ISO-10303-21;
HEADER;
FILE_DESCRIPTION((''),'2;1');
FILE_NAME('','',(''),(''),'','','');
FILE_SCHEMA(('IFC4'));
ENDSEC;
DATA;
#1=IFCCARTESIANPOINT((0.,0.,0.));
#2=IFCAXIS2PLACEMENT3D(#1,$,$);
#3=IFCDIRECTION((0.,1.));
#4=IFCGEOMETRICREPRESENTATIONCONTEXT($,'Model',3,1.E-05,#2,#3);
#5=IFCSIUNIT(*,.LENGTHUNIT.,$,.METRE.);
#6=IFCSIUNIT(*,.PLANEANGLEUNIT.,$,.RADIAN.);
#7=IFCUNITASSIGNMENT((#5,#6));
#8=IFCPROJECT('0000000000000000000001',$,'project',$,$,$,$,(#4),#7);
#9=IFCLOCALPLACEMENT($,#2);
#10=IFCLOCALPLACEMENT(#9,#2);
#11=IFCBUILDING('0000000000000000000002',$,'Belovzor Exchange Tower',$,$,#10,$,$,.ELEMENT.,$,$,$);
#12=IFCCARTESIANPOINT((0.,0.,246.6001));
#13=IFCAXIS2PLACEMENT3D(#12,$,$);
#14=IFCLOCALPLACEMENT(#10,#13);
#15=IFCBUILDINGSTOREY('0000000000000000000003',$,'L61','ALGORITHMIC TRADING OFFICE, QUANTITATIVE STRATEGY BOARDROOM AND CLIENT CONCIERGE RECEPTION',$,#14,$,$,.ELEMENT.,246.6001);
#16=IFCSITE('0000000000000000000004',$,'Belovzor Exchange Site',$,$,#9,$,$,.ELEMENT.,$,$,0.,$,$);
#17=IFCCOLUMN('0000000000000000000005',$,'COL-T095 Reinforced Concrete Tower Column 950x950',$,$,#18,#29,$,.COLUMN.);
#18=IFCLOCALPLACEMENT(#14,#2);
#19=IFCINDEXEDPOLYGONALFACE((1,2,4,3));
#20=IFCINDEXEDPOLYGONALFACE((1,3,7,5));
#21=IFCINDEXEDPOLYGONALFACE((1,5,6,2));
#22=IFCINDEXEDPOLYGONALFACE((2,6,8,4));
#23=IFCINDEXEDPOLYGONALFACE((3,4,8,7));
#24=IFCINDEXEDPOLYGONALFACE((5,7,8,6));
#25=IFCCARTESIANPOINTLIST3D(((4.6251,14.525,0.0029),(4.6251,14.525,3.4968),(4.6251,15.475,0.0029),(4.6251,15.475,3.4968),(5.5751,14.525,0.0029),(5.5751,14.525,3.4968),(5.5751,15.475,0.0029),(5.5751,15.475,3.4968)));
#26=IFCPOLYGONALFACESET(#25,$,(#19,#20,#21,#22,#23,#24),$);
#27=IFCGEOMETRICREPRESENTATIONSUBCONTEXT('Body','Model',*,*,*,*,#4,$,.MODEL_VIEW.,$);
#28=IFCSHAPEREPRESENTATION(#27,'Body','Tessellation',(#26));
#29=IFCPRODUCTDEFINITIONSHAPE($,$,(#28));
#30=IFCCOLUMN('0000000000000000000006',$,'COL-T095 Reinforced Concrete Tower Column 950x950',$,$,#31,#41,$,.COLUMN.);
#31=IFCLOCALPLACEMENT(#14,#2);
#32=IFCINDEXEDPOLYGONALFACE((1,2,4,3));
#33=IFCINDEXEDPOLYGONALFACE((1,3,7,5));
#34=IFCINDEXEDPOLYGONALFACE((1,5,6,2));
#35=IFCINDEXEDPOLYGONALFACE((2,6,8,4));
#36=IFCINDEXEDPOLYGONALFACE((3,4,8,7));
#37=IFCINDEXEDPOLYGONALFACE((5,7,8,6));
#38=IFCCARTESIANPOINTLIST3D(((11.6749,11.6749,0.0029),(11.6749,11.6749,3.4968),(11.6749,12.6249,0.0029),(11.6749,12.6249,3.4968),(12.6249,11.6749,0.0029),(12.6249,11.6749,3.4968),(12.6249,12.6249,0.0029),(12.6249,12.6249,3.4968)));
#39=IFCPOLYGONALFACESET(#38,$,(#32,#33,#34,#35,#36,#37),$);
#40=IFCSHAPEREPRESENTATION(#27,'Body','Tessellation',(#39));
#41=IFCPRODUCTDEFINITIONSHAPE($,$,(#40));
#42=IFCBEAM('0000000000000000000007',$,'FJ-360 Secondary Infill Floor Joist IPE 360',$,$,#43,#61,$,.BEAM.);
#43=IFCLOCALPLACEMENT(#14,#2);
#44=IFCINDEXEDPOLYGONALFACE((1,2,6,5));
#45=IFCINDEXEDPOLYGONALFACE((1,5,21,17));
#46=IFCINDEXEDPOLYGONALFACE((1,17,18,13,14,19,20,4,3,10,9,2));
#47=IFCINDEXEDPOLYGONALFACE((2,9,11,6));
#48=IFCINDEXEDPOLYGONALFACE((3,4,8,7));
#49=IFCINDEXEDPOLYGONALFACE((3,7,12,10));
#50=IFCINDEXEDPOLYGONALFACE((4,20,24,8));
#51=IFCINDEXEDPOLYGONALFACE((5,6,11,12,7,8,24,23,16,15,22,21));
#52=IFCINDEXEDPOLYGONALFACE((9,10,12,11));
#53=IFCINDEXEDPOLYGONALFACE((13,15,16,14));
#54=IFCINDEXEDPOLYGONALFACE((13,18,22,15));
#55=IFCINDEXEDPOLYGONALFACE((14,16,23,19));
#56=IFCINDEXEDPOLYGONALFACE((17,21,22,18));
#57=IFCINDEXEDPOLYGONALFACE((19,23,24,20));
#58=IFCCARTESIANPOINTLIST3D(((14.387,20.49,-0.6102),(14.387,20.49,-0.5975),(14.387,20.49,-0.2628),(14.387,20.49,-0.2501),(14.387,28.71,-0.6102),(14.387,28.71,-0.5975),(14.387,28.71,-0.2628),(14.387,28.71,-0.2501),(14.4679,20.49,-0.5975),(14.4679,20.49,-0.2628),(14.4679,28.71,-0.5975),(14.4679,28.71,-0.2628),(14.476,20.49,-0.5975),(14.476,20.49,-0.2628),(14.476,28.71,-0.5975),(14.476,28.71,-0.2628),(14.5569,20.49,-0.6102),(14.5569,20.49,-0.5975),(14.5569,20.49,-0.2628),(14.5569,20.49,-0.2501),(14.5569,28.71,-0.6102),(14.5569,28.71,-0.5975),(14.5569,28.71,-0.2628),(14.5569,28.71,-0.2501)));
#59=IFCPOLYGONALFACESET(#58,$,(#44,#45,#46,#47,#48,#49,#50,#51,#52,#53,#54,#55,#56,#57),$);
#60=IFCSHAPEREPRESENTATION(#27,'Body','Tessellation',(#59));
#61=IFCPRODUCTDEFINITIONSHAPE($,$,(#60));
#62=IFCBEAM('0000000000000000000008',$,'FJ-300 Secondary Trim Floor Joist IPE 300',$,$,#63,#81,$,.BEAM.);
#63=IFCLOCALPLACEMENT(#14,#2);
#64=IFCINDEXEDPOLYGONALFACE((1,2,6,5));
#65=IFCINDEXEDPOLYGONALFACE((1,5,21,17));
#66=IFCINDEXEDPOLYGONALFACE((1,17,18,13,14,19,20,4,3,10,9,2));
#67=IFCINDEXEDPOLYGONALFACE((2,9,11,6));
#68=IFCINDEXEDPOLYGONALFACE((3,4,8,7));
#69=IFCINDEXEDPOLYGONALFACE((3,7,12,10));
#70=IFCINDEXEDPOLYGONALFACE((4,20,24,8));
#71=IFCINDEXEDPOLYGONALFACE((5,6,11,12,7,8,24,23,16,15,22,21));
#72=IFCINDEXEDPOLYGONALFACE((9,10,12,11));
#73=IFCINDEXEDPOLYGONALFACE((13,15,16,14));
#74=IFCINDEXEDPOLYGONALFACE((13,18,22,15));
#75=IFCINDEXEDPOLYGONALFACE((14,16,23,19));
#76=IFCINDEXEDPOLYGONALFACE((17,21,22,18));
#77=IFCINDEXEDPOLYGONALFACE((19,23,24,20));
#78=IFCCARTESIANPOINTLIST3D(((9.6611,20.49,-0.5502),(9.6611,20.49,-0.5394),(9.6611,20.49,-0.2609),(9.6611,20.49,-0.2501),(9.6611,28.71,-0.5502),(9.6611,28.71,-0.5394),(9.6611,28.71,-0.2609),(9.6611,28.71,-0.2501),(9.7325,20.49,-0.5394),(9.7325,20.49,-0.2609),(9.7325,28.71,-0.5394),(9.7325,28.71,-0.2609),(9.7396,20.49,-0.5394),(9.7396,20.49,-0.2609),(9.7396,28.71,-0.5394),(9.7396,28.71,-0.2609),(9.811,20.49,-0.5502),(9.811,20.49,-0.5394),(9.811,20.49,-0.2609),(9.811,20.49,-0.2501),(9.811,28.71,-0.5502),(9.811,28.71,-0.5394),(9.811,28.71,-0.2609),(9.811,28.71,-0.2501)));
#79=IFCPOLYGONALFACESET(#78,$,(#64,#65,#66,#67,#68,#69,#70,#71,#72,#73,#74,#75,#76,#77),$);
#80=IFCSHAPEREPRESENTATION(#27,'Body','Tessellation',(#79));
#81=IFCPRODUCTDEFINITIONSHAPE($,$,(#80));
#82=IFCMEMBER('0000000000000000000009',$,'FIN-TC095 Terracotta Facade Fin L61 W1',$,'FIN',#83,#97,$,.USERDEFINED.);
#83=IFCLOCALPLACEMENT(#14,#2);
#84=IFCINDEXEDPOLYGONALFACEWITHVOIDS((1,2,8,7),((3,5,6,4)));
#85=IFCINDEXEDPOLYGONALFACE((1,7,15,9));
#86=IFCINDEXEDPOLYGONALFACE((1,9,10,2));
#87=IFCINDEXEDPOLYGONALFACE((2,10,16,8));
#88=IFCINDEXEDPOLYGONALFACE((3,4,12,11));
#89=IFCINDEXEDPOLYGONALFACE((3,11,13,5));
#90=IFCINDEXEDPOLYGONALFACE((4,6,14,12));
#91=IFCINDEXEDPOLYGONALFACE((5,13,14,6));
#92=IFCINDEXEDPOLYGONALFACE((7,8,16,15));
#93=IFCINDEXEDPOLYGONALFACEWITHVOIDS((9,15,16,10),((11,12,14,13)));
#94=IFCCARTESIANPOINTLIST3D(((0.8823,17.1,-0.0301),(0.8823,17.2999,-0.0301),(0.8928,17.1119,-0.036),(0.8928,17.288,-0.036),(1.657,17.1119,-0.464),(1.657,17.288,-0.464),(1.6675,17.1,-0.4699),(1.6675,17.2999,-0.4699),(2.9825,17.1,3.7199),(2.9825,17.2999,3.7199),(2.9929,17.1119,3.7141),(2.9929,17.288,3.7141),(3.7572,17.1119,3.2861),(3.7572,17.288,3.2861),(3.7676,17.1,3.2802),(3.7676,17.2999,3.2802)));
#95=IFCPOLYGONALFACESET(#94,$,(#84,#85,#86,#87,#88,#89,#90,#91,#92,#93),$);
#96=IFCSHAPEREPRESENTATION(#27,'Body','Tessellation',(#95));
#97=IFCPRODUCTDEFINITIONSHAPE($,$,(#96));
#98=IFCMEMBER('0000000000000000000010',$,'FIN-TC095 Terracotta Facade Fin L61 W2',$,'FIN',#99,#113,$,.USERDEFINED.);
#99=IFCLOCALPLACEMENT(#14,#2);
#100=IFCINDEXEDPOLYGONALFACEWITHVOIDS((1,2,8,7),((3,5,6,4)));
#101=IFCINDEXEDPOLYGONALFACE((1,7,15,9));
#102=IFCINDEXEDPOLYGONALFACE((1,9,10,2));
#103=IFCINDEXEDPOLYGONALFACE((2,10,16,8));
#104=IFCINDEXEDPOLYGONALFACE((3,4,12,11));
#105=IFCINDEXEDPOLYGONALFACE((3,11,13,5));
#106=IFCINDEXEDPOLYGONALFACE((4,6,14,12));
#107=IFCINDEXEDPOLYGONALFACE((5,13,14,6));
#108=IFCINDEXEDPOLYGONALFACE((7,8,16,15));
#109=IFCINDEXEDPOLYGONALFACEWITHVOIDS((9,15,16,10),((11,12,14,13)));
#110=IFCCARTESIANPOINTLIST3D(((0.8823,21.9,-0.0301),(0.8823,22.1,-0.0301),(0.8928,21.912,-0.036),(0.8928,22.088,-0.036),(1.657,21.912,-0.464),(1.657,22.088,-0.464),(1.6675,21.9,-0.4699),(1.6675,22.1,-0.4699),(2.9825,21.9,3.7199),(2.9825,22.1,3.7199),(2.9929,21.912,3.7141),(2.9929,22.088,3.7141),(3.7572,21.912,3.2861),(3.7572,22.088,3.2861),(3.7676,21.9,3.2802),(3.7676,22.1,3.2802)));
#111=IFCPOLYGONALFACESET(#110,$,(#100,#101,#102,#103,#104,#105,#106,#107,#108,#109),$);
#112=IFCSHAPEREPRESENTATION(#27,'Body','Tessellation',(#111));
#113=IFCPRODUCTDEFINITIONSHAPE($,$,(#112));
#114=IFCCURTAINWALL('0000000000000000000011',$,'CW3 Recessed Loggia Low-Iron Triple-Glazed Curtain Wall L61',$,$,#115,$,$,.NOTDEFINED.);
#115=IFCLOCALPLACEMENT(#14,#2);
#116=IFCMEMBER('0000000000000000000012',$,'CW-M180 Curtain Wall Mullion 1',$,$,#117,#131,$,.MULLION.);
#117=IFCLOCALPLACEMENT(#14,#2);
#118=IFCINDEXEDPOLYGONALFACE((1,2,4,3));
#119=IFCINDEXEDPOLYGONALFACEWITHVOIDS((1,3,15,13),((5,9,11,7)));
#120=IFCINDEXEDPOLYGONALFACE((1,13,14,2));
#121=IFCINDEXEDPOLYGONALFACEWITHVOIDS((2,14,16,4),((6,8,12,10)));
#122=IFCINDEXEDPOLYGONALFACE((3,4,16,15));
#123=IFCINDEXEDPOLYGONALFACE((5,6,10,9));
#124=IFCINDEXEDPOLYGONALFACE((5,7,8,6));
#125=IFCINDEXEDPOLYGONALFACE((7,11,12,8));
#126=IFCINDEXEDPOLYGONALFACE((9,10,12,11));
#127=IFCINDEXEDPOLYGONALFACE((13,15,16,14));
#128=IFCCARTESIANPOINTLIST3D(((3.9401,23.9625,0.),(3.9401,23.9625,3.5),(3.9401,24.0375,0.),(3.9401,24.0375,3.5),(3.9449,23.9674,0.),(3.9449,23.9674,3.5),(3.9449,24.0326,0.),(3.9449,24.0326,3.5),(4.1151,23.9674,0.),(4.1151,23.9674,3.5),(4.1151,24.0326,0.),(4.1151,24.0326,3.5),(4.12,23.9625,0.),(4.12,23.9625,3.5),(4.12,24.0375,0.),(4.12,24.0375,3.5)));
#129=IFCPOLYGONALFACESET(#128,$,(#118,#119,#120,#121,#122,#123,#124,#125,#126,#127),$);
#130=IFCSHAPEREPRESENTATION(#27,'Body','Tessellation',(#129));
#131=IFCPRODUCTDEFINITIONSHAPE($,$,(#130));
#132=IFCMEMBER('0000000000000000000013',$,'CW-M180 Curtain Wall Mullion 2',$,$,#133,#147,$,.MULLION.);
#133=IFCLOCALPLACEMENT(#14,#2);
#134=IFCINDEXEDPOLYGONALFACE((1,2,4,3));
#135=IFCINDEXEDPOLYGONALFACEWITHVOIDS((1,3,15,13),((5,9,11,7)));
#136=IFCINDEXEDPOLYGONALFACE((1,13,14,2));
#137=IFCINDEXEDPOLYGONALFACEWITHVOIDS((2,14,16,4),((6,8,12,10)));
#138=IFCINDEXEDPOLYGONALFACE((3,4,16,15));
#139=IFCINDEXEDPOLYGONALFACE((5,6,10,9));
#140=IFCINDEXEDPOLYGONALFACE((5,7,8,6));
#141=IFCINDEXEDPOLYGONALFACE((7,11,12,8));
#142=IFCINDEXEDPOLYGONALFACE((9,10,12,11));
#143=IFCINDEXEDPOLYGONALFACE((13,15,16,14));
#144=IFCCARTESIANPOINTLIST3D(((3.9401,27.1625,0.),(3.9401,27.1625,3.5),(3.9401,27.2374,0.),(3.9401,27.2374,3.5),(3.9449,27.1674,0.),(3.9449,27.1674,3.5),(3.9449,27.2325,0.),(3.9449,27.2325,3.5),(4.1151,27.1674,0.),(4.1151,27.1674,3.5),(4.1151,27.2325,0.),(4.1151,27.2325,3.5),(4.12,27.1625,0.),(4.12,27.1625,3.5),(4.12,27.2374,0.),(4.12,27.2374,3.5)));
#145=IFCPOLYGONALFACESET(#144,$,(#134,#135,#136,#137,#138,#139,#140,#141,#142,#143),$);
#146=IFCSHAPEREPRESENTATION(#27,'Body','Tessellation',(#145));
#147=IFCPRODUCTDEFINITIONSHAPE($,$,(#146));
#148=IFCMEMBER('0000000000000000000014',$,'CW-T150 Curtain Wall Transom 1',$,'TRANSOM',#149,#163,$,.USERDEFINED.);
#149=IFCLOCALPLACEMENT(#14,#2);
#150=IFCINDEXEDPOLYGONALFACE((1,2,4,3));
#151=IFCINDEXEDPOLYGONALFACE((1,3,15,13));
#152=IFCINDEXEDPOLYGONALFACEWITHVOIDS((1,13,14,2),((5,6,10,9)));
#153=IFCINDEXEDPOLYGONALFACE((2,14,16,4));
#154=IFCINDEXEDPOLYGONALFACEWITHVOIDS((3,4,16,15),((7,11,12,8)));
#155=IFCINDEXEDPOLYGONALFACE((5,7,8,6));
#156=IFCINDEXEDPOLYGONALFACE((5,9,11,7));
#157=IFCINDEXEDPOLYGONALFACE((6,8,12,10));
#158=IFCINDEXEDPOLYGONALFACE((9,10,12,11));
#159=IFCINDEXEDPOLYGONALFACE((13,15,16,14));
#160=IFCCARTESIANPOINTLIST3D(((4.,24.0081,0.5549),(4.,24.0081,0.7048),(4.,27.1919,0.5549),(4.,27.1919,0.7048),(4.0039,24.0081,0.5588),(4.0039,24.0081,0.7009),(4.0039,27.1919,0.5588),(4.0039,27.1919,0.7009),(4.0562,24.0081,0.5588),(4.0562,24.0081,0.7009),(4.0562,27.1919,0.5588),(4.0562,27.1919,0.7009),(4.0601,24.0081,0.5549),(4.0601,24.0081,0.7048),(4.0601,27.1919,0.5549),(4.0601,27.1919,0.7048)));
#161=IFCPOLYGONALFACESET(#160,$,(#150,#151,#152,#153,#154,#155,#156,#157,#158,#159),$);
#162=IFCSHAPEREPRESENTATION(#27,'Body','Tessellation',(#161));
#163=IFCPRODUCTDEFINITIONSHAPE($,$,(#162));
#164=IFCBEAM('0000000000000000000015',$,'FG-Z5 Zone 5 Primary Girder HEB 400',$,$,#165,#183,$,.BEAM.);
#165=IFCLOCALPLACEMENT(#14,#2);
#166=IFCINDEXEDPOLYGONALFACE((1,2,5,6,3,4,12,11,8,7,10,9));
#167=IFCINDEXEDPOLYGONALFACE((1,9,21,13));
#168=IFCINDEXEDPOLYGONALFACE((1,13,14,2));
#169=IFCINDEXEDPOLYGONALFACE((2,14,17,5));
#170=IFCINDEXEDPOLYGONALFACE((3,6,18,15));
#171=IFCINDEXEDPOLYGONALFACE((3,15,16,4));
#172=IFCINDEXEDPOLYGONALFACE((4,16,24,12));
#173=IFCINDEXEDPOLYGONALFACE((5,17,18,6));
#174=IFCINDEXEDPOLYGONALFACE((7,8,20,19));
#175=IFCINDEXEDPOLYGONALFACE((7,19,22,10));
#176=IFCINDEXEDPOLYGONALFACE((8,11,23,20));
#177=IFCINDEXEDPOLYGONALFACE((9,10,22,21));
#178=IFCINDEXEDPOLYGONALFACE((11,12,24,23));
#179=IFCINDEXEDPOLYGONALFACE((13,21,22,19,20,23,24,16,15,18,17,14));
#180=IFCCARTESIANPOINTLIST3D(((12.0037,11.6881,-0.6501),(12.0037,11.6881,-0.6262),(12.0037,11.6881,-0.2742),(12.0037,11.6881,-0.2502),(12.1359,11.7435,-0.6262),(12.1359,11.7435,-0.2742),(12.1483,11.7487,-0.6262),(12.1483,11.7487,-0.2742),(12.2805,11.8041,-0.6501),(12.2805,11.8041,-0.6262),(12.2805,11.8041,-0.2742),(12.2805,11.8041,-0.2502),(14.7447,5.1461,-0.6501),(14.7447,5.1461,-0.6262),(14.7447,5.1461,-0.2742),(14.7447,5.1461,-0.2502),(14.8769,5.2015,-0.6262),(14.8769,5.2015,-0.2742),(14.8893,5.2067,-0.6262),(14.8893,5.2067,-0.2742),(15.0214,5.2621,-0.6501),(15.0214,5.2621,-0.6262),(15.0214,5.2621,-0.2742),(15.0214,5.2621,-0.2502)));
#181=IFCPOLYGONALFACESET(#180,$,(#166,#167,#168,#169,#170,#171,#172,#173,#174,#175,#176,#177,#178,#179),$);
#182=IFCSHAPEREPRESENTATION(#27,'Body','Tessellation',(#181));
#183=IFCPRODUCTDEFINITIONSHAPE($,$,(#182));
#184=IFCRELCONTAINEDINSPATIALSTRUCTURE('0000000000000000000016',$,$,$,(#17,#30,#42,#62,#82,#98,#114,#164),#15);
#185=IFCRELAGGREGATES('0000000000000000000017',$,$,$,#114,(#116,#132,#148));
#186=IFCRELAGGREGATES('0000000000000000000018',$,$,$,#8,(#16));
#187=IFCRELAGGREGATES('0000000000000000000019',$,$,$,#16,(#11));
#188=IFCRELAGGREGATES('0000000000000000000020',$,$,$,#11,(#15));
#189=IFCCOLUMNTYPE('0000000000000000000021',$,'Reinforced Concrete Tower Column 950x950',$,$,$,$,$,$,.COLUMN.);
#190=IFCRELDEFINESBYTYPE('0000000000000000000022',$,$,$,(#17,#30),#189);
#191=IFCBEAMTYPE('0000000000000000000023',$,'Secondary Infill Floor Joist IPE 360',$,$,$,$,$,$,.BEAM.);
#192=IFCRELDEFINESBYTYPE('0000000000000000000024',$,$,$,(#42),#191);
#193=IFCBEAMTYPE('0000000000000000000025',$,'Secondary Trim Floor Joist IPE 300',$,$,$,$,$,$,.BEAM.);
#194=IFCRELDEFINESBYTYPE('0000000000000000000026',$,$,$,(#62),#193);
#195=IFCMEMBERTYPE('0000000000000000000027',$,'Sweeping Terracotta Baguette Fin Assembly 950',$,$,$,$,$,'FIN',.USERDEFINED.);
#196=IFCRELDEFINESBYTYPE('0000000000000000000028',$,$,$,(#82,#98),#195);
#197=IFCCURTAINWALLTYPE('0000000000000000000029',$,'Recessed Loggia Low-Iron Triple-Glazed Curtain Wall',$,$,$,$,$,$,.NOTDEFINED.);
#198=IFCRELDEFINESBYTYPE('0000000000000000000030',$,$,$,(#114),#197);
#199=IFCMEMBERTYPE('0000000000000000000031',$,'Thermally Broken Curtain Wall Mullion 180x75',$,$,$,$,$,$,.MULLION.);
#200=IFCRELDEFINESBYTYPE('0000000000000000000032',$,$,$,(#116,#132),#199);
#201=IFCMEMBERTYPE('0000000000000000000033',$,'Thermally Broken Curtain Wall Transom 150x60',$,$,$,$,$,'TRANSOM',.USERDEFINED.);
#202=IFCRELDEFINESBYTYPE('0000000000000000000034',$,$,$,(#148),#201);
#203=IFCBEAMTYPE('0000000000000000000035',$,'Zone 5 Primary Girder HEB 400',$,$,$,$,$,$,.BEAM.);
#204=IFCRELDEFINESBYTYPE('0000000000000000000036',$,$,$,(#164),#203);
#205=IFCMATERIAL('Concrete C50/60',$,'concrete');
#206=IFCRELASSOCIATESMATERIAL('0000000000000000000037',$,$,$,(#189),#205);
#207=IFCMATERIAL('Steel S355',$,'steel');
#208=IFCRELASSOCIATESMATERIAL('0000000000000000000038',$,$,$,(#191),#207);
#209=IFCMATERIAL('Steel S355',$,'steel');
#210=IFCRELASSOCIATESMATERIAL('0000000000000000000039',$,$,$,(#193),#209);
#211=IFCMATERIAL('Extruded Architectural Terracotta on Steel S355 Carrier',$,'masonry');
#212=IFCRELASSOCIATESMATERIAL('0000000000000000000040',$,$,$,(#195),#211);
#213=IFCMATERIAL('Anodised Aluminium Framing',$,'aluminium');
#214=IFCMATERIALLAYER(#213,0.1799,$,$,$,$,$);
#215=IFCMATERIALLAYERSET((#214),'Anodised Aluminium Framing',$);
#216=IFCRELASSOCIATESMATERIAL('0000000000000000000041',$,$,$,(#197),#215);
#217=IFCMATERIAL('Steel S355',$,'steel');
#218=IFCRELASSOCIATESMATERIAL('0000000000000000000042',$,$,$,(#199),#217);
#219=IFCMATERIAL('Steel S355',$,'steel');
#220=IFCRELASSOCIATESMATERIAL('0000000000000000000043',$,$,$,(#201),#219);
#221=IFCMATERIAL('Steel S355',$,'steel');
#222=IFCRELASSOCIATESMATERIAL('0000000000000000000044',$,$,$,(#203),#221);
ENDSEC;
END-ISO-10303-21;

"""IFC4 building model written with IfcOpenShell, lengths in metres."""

from ifc_helpers import new_model, si_unit, direction, frame, origin, origin_2d, place, context, subcontext, project, spatial, rectangle, hollow_rectangle, i_section, extrude, material, layer, layer_set, material_profile, profile_set, type_object, element, aggregate, save


model = new_model("IFC4")

# Units and contexts
model_context = context("Model", 3, precision=1e-05, world=origin(), true_north=direction((0.0, 1.0)))
body_context = subcontext(model_context, "Body", "Model", "MODEL_VIEW")
ifc_project = project(units=[si_unit("LENGTHUNIT", "METRE"), si_unit("PLANEANGLEUNIT", "RADIAN")], contexts=[model_context])

# Site, building, storey
site_placement = place(None, origin())
site = spatial("IfcSite", under=ifc_project, at=site_placement, Name="Belovzor Exchange Site", CompositionType="ELEMENT", RefElevation=0.0)
building_placement = place(site_placement, origin())
building = spatial("IfcBuilding", under=site, at=building_placement, Name="Belovzor Exchange Tower", CompositionType="ELEMENT")
storey_placement = place(building_placement, frame((0.0, 0.0, 246.6001)))
storey = spatial("IfcBuildingStorey", under=building, at=storey_placement, Name="L61", Description="ALGORITHMIC TRADING OFFICE, QUANTITATIVE STRATEGY BOARDROOM AND CLIENT CONCIERGE RECEPTION", CompositionType="ELEMENT", Elevation=246.6001)

# Columns
ifc_material_1 = material(Name="Concrete C50/60", Category="concrete")
ifc_material_profile_1 = material_profile(ifc_material_1, rectangle(XDim=0.95, YDim=0.95, at=origin_2d()))
ifc_profile_set_1 = profile_set([ifc_material_profile_1], Name="Concrete C50/60")
column_type = type_object("IfcColumnType", Name="Reinforced Concrete Tower Column 950x950", PredefinedType="COLUMN", material=ifc_profile_set_1)
for number, where, z_axis, x_axis, name in (
    (1, (5.1001, 15.0, 0.0029), (0.0, 0.0, 1.0), (1.0, 0.0, 0.0), "COL-T095 Reinforced Concrete Tower Column 950x950"),
    (2, (12.1499, 12.1499, 0.0029), (0.0, 0.0, 1.0), (1.0, 0.0, 0.0), "COL-T095 Reinforced Concrete Tower Column 950x950"),
):
    element("IfcColumn", number, at=place(storey_placement, frame(where, z_axis=z_axis, x_axis=x_axis)), inside=storey, type_object=column_type, Name=name, PredefinedType="COLUMN", context=body_context, shape_type="SweptSolid", body=[
        extrude(rectangle(XDim=0.95, YDim=0.95, at=origin_2d()), origin(), (0.0, 0.0, 1.0), 3.4939),
    ])

# Beams
ifc_material_2 = material(Name="Steel S355", Category="steel")
ifc_material_profile_2 = material_profile(ifc_material_2, i_section(OverallWidth=0.1699, OverallDepth=0.3601, WebThickness=0.0081, FlangeThickness=0.0127, at=origin_2d()))
ifc_profile_set_2 = profile_set([ifc_material_profile_2], Name="Steel S355")
beam_type_1 = type_object("IfcBeamType", Name="Secondary Infill Floor Joist IPE 360", PredefinedType="BEAM", material=ifc_profile_set_2)
beam_1_placement = place(storey_placement, frame((14.4719, 20.49, -0.4302), z_axis=(0.0, 1.0, 0.0), x_axis=(-1.0, 0.0, 0.0)))
element("IfcBeam", 3, at=beam_1_placement, inside=storey, type_object=beam_type_1, Name="FJ-360 Secondary Infill Floor Joist IPE 360", PredefinedType="BEAM", context=body_context, shape_type="SweptSolid", body=[
    extrude(i_section(OverallWidth=0.1699, OverallDepth=0.3601, WebThickness=0.0081, FlangeThickness=0.0127, at=origin_2d()), origin(), (0.0, 0.0, 1.0), 8.22),
])
ifc_material_3 = material(Name="Steel S355", Category="steel")
ifc_material_profile_3 = material_profile(ifc_material_3, i_section(OverallWidth=0.1499, OverallDepth=0.3, WebThickness=0.0071, FlangeThickness=0.0107, at=origin_2d()))
ifc_profile_set_3 = profile_set([ifc_material_profile_3], Name="Steel S355")
beam_type_2 = type_object("IfcBeamType", Name="Secondary Trim Floor Joist IPE 300", PredefinedType="BEAM", material=ifc_profile_set_3)
beam_2_placement = place(storey_placement, frame((9.7361, 20.49, -0.4001), z_axis=(0.0, 1.0, 0.0), x_axis=(-1.0, 0.0, 0.0)))
element("IfcBeam", 4, at=beam_2_placement, inside=storey, type_object=beam_type_2, Name="FJ-300 Secondary Trim Floor Joist IPE 300", PredefinedType="BEAM", context=body_context, shape_type="SweptSolid", body=[
    extrude(i_section(OverallWidth=0.1499, OverallDepth=0.3, WebThickness=0.0071, FlangeThickness=0.0107, at=origin_2d()), origin(), (0.0, 0.0, 1.0), 8.22),
])

# Members
ifc_material_4 = material(Name="Extruded Architectural Terracotta on Steel S355 Carrier", Category="masonry")
ifc_material_profile_4 = material_profile(ifc_material_4, hollow_rectangle(XDim=0.2, YDim=0.8999, WallThickness=0.012, at=origin_2d()))
ifc_profile_set_4 = profile_set([ifc_material_profile_4], Name="Extruded Architectural Terracotta on Steel S355 Carrier")
member_type_1 = type_object("IfcMemberType", Name="Sweeping Terracotta Baguette Fin Assembly 950", ElementType="FIN", PredefinedType="USERDEFINED", material=ifc_profile_set_4)
for number, where, z_axis, x_axis, name in (
    (5, (1.2749, 17.2, -0.25), (0.488621, 0.0, 0.872496), (0.0, 1.0, 0.0), "FIN-TC095 Terracotta Facade Fin L61 W1"),
    (6, (1.2749, 22.0, -0.25), (0.488621, 0.0, 0.872496), (0.0, 1.0, 0.0), "FIN-TC095 Terracotta Facade Fin L61 W2"),
):
    element("IfcMember", number, at=place(storey_placement, frame(where, z_axis=z_axis, x_axis=x_axis)), inside=storey, type_object=member_type_1, Name=name, ObjectType="FIN", PredefinedType="USERDEFINED", context=body_context, shape_type="SweptSolid", body=[
        extrude(hollow_rectangle(XDim=0.2, YDim=0.8999, WallThickness=0.012, at=origin_2d()), origin(), (0.0, 0.0, 1.0), 4.2981),
    ])

# Curtain wall, members
ifc_material_5 = material(Name="Anodised Aluminium Framing", Category="aluminium")
ifc_layer_1 = layer(ifc_material_5, 0.1799)
ifc_layer_set_1 = layer_set([ifc_layer_1], Name="Anodised Aluminium Framing")
curtain_wall_type = type_object("IfcCurtainWallType", Name="Recessed Loggia Low-Iron Triple-Glazed Curtain Wall", PredefinedType="NOTDEFINED", material=ifc_layer_set_1)
curtain_wall_placement = place(storey_placement, origin())
curtain_wall = element("IfcCurtainWall", 7, at=curtain_wall_placement, inside=storey, type_object=curtain_wall_type, Name="CW3 Recessed Loggia Low-Iron Triple-Glazed Curtain Wall L61", PredefinedType="NOTDEFINED")
ifc_material_6 = material(Name="Steel S355", Category="steel")
ifc_material_profile_5 = material_profile(ifc_material_6, hollow_rectangle(XDim=0.075, YDim=0.1799, WallThickness=0.0049, at=origin_2d()))
ifc_profile_set_5 = profile_set([ifc_material_profile_5], Name="Steel S355")
member_type_2 = type_object("IfcMemberType", Name="Thermally Broken Curtain Wall Mullion 180x75", PredefinedType="MULLION", material=ifc_profile_set_5)
member_1_placement = place(storey_placement, frame((4.03, 24.0, 0.0), z_axis=(0.0, 0.0, 1.0), x_axis=(0.0, 1.0, 0.0)))
member_1 = element("IfcMember", 8, at=member_1_placement, type_object=member_type_2, Name="CW-M180 Curtain Wall Mullion 1", PredefinedType="MULLION", context=body_context, shape_type="SweptSolid", body=[
    extrude(hollow_rectangle(XDim=0.075, YDim=0.1799, WallThickness=0.0049, at=origin_2d()), origin(), (0.0, 0.0, 1.0), 3.5),
])
member_2_placement = place(storey_placement, frame((4.03, 27.2, 0.0), z_axis=(0.0, 0.0, 1.0), x_axis=(0.0, 1.0, 0.0)))
member_2 = element("IfcMember", 9, at=member_2_placement, type_object=member_type_2, Name="CW-M180 Curtain Wall Mullion 2", PredefinedType="MULLION", context=body_context, shape_type="SweptSolid", body=[
    extrude(hollow_rectangle(XDim=0.075, YDim=0.1799, WallThickness=0.0049, at=origin_2d()), origin(), (0.0, 0.0, 1.0), 3.5),
])
ifc_material_7 = material(Name="Steel S355", Category="steel")
ifc_material_profile_6 = material_profile(ifc_material_7, hollow_rectangle(XDim=0.0601, YDim=0.1499, WallThickness=0.0039, at=origin_2d()))
ifc_profile_set_6 = profile_set([ifc_material_profile_6], Name="Steel S355")
member_type_3 = type_object("IfcMemberType", Name="Thermally Broken Curtain Wall Transom 150x60", ElementType="TRANSOM", PredefinedType="USERDEFINED", material=ifc_profile_set_6)
member_3_placement = place(storey_placement, frame((4.03, 24.0081, 0.6299), z_axis=(0.0, 1.0, 0.0), x_axis=(-1.0, 0.0, 0.0)))
member_3 = element("IfcMember", 10, at=member_3_placement, type_object=member_type_3, Name="CW-T150 Curtain Wall Transom 1", ObjectType="TRANSOM", PredefinedType="USERDEFINED", context=body_context, shape_type="SweptSolid", body=[
    extrude(hollow_rectangle(XDim=0.0601, YDim=0.1499, WallThickness=0.0039, at=origin_2d()), origin(), (0.0, 0.0, 1.0), 3.1838),
])

# Beam
ifc_material_8 = material(Name="Steel S355", Category="steel")
ifc_material_profile_7 = material_profile(ifc_material_8, i_section(OverallWidth=0.3, OverallDepth=0.3999, WebThickness=0.0134, FlangeThickness=0.0239, at=origin_2d()))
ifc_profile_set_7 = profile_set([ifc_material_profile_7], Name="Steel S355")
beam_type_3 = type_object("IfcBeamType", Name="Zone 5 Primary Girder HEB 400", PredefinedType="BEAM", material=ifc_profile_set_7)
for number, where, z_axis, x_axis, name in (
    (11, (12.1421, 11.7461, -0.4502), (0.386433, -0.922317, 0.0), (0.922317, 0.386433, 0.0), "FG-Z5 Zone 5 Primary Girder HEB 400"),
):
    element("IfcBeam", number, at=place(storey_placement, frame(where, z_axis=z_axis, x_axis=x_axis)), inside=storey, type_object=beam_type_3, Name=name, PredefinedType="BEAM", context=body_context, shape_type="SweptSolid", body=[
        extrude(i_section(OverallWidth=0.3, OverallDepth=0.3999, WebThickness=0.0134, FlangeThickness=0.0239, at=origin_2d()), origin(), (0.0, 0.0, 1.0), 7.093),
    ])

aggregate(curtain_wall, [member_1, member_2, member_3])

save(model, "model.ifc")
